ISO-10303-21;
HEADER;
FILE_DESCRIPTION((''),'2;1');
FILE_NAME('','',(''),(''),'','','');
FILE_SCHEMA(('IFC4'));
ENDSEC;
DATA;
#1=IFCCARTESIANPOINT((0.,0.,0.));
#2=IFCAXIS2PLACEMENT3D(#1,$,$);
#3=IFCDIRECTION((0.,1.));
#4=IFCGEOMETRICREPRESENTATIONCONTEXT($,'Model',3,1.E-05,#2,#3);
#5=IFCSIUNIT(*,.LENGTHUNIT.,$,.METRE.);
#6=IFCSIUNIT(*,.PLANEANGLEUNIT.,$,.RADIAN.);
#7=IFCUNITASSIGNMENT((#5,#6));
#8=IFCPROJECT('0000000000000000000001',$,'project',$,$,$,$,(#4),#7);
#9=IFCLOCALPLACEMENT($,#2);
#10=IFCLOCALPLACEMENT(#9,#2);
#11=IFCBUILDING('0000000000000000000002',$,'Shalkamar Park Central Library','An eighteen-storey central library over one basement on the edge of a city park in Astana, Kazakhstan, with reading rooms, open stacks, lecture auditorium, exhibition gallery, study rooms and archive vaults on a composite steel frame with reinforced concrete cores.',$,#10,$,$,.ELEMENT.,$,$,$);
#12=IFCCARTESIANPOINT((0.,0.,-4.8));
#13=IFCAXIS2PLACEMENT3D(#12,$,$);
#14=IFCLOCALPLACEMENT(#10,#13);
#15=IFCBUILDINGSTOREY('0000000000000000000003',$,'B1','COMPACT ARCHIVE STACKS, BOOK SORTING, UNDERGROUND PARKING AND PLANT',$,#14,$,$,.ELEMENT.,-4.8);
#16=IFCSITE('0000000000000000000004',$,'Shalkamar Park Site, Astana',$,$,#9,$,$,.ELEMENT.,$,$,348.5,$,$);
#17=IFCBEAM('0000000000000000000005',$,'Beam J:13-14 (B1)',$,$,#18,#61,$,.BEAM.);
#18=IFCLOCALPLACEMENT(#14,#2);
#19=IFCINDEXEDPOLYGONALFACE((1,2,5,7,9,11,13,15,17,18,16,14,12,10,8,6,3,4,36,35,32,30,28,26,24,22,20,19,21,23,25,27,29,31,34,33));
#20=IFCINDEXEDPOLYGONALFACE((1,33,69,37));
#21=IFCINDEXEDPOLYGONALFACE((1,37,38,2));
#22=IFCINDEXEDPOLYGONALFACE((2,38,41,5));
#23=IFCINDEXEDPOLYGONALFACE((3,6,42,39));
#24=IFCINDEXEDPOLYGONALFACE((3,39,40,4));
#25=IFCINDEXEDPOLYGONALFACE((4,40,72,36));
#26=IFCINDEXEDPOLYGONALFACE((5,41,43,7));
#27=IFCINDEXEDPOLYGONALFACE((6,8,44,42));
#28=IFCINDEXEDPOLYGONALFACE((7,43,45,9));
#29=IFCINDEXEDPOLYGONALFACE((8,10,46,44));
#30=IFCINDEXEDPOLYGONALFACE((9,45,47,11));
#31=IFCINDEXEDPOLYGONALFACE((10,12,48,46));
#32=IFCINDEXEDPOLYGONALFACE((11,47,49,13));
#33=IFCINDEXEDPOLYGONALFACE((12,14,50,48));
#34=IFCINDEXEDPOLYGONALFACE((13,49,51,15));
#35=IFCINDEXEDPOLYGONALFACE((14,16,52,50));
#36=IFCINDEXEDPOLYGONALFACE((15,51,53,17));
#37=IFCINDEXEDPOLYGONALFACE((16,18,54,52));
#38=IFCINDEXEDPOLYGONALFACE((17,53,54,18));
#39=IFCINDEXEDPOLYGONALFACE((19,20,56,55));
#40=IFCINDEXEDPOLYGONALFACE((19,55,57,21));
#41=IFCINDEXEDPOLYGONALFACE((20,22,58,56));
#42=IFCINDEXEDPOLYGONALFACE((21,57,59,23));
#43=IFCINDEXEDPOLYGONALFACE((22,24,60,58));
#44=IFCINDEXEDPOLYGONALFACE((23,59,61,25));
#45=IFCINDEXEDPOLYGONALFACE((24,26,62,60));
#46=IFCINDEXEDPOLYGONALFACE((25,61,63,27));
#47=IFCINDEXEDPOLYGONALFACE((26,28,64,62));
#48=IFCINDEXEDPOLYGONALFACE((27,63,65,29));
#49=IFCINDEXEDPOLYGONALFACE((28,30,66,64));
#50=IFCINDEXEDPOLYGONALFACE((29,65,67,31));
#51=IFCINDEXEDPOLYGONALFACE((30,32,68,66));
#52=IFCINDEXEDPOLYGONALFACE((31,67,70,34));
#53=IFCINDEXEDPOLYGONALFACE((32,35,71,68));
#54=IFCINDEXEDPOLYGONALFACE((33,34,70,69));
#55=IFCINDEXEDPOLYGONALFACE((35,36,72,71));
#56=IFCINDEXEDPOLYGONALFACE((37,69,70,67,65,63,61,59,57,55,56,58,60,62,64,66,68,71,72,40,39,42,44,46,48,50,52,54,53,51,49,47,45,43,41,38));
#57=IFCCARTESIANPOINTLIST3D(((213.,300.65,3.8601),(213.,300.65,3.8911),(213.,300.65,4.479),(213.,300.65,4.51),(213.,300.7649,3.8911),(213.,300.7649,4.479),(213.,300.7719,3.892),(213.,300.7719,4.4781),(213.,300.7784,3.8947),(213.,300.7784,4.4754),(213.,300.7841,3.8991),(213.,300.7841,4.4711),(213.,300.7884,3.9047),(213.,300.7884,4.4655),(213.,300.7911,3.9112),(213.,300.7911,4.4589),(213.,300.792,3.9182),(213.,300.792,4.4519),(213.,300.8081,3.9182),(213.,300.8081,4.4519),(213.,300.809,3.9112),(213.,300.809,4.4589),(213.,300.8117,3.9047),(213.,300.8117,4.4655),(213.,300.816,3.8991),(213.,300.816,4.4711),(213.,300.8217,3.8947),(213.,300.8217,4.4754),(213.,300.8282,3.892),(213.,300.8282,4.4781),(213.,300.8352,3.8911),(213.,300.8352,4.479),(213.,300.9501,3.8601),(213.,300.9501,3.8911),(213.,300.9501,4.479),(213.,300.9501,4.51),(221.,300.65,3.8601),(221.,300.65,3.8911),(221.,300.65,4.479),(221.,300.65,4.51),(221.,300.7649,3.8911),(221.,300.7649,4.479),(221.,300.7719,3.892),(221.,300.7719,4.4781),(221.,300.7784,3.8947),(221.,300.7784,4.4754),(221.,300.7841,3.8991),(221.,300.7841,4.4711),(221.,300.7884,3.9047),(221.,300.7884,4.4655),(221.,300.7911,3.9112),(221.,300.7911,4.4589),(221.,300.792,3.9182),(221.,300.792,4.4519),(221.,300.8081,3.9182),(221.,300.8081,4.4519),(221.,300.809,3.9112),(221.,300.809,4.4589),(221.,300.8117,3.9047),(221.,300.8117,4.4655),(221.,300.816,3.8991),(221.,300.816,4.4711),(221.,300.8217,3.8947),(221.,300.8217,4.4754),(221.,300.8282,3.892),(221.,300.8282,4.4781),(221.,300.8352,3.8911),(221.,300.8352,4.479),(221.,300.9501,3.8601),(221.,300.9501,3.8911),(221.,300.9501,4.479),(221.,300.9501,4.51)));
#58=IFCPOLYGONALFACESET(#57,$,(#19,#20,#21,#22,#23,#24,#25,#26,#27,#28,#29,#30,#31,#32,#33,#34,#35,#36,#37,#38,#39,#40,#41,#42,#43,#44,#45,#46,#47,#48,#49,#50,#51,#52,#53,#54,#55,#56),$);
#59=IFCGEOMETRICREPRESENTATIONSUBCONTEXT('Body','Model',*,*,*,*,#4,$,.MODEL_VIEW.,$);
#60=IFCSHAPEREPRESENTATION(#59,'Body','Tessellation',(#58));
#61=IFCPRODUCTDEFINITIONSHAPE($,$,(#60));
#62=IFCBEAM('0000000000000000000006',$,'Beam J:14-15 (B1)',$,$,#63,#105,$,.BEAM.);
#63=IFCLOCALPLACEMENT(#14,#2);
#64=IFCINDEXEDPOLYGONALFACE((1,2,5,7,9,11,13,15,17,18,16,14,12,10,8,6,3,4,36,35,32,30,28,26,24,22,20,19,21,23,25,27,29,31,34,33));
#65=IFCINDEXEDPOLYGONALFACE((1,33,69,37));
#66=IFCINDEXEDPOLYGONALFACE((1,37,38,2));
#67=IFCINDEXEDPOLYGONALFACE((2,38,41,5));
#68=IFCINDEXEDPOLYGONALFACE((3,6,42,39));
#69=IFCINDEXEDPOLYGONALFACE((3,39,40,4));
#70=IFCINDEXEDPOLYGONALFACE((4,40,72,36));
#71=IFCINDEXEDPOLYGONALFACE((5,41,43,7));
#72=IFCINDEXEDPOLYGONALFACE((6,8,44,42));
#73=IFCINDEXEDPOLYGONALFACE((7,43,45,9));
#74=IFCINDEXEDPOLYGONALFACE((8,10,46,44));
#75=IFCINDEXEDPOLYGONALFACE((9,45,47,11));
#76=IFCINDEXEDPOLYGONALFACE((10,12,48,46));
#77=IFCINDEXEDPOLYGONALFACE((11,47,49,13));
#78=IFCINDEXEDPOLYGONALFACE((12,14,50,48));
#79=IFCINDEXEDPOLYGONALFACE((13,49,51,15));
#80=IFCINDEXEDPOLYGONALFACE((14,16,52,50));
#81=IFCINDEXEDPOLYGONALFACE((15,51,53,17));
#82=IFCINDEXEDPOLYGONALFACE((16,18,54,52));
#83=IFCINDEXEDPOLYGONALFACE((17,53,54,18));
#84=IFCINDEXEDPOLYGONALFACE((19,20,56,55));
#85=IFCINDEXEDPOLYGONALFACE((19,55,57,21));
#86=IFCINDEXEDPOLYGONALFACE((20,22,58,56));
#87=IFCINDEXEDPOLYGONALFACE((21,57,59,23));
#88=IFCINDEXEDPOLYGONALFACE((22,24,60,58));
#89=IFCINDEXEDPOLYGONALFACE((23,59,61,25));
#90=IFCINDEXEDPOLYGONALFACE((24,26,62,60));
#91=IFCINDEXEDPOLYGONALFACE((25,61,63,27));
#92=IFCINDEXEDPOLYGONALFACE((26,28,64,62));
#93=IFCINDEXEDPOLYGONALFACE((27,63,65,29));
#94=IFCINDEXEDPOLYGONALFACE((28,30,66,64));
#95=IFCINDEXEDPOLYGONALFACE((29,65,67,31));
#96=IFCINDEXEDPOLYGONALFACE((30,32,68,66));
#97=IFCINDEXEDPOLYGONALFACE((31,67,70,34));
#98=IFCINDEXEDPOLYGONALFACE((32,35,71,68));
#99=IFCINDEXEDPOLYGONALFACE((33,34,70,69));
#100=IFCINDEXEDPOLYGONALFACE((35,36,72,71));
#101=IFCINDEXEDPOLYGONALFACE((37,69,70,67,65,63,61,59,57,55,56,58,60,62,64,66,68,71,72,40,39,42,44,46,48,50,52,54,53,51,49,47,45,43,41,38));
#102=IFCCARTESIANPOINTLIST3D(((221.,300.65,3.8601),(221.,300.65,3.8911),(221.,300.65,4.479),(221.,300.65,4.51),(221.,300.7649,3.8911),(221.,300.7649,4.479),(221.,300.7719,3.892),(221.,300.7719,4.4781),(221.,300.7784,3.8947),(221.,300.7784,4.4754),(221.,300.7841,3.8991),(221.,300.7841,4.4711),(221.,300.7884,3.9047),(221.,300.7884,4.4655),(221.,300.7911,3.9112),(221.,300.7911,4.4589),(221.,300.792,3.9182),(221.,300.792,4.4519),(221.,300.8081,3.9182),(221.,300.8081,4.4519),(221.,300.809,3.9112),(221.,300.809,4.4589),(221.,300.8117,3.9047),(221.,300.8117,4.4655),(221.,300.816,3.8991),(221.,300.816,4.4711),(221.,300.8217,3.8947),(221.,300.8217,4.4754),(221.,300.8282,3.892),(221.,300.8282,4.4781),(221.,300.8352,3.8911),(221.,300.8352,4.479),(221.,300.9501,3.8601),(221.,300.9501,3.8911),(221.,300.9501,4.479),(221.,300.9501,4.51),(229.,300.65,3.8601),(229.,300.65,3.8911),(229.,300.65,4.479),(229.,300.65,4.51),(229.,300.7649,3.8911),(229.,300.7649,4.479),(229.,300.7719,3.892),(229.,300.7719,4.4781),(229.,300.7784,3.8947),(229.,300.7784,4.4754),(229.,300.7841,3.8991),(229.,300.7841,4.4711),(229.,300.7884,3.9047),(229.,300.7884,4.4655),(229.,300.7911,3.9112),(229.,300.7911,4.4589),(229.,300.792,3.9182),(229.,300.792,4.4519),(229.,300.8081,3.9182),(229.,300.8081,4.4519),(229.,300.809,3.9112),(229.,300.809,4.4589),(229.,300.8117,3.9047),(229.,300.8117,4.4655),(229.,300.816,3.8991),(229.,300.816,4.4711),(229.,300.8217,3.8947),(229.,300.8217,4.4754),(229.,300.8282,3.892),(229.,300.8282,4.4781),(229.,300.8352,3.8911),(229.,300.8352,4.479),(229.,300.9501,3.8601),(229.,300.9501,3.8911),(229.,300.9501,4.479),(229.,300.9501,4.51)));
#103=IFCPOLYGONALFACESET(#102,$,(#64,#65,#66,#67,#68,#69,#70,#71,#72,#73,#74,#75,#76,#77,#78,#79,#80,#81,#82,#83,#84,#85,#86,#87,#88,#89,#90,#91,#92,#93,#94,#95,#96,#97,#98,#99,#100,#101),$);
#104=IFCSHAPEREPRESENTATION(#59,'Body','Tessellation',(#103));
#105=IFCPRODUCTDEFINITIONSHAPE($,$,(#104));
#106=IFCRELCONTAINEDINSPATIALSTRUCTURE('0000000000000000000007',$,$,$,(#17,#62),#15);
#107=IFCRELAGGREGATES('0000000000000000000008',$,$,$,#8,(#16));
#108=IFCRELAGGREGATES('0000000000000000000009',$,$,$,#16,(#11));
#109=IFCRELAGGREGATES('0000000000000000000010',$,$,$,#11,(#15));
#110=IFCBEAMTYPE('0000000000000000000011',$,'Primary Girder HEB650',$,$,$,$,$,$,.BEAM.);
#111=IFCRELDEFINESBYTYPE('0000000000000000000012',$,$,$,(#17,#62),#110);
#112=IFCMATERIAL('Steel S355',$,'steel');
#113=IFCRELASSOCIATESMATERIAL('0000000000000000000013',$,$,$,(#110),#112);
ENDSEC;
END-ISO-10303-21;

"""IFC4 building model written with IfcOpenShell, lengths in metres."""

from ifc_helpers import new_model, si_unit, direction, frame, origin, origin_2d, place, context, subcontext, project, spatial, i_section, extrude, material, material_profile, profile_set, type_object, element, save


model = new_model("IFC4")

# Units and contexts
model_context = context("Model", 3, precision=1e-05, world=origin(), true_north=direction((0.0, 1.0)))
body_context = subcontext(model_context, "Body", "Model", "MODEL_VIEW")
ifc_project = project(units=[si_unit("LENGTHUNIT", "METRE"), si_unit("PLANEANGLEUNIT", "RADIAN")], contexts=[model_context])

# Site, building, storey
site_placement = place(None, origin())
site = spatial("IfcSite", under=ifc_project, at=site_placement, Name="Shalkamar Park Site, Astana", CompositionType="ELEMENT", RefElevation=348.5)
building_placement = place(site_placement, origin())
building = spatial("IfcBuilding", under=site, at=building_placement, Name="Shalkamar Park Central Library", Description="An eighteen-storey central library over one basement on the edge of a city park in Astana, Kazakhstan, with reading rooms, open stacks, lecture auditorium, exhibition gallery, study rooms and archive vaults on a composite steel frame with reinforced concrete cores.", CompositionType="ELEMENT")
storey_placement = place(building_placement, frame((0.0, 0.0, -4.8)))
storey = spatial("IfcBuildingStorey", under=building, at=storey_placement, Name="B1", Description="COMPACT ARCHIVE STACKS, BOOK SORTING, UNDERGROUND PARKING AND PLANT", CompositionType="ELEMENT", Elevation=-4.8)

# Shared definitions
ifc_material_1 = material(Name="Steel S355", Category="steel")

# Beams
ifc_material_profile_1 = material_profile(ifc_material_1, i_section(OverallWidth=0.3, OverallDepth=0.6499, WebThickness=0.0161, FlangeThickness=0.031, FilletRadius=0.0271, at=origin_2d()), Name="HEB 650")
ifc_profile_set_1 = profile_set([ifc_material_profile_1], Name="Steel S355")
beam_type_1 = type_object("IfcBeamType", Name="Primary Girder HEB650", PredefinedType="BEAM", material=ifc_profile_set_1)
for number, where, z_axis, x_axis, name in (
    (1, (213.0, 300.8, 4.1851), (1.0, 0.0, 0.0), (0.0, 1.0, 0.0), "Beam J:13-14 (B1)"),
    (2, (221.0, 300.8, 4.1851), (1.0, 0.0, 0.0), (0.0, 1.0, 0.0), "Beam J:14-15 (B1)"),
):
    element("IfcBeam", number, at=place(storey_placement, frame(where, z_axis=z_axis, x_axis=x_axis)), inside=storey, type_object=beam_type_1, Name=name, PredefinedType="BEAM", context=body_context, shape_type="SweptSolid", body=[
        extrude(i_section(OverallWidth=0.3, OverallDepth=0.6499, WebThickness=0.0161, FlangeThickness=0.031, FilletRadius=0.0271, at=origin_2d()), origin(), (0.0, 0.0, 1.0), 8.0),
    ])

save(model, "model.ifc")
